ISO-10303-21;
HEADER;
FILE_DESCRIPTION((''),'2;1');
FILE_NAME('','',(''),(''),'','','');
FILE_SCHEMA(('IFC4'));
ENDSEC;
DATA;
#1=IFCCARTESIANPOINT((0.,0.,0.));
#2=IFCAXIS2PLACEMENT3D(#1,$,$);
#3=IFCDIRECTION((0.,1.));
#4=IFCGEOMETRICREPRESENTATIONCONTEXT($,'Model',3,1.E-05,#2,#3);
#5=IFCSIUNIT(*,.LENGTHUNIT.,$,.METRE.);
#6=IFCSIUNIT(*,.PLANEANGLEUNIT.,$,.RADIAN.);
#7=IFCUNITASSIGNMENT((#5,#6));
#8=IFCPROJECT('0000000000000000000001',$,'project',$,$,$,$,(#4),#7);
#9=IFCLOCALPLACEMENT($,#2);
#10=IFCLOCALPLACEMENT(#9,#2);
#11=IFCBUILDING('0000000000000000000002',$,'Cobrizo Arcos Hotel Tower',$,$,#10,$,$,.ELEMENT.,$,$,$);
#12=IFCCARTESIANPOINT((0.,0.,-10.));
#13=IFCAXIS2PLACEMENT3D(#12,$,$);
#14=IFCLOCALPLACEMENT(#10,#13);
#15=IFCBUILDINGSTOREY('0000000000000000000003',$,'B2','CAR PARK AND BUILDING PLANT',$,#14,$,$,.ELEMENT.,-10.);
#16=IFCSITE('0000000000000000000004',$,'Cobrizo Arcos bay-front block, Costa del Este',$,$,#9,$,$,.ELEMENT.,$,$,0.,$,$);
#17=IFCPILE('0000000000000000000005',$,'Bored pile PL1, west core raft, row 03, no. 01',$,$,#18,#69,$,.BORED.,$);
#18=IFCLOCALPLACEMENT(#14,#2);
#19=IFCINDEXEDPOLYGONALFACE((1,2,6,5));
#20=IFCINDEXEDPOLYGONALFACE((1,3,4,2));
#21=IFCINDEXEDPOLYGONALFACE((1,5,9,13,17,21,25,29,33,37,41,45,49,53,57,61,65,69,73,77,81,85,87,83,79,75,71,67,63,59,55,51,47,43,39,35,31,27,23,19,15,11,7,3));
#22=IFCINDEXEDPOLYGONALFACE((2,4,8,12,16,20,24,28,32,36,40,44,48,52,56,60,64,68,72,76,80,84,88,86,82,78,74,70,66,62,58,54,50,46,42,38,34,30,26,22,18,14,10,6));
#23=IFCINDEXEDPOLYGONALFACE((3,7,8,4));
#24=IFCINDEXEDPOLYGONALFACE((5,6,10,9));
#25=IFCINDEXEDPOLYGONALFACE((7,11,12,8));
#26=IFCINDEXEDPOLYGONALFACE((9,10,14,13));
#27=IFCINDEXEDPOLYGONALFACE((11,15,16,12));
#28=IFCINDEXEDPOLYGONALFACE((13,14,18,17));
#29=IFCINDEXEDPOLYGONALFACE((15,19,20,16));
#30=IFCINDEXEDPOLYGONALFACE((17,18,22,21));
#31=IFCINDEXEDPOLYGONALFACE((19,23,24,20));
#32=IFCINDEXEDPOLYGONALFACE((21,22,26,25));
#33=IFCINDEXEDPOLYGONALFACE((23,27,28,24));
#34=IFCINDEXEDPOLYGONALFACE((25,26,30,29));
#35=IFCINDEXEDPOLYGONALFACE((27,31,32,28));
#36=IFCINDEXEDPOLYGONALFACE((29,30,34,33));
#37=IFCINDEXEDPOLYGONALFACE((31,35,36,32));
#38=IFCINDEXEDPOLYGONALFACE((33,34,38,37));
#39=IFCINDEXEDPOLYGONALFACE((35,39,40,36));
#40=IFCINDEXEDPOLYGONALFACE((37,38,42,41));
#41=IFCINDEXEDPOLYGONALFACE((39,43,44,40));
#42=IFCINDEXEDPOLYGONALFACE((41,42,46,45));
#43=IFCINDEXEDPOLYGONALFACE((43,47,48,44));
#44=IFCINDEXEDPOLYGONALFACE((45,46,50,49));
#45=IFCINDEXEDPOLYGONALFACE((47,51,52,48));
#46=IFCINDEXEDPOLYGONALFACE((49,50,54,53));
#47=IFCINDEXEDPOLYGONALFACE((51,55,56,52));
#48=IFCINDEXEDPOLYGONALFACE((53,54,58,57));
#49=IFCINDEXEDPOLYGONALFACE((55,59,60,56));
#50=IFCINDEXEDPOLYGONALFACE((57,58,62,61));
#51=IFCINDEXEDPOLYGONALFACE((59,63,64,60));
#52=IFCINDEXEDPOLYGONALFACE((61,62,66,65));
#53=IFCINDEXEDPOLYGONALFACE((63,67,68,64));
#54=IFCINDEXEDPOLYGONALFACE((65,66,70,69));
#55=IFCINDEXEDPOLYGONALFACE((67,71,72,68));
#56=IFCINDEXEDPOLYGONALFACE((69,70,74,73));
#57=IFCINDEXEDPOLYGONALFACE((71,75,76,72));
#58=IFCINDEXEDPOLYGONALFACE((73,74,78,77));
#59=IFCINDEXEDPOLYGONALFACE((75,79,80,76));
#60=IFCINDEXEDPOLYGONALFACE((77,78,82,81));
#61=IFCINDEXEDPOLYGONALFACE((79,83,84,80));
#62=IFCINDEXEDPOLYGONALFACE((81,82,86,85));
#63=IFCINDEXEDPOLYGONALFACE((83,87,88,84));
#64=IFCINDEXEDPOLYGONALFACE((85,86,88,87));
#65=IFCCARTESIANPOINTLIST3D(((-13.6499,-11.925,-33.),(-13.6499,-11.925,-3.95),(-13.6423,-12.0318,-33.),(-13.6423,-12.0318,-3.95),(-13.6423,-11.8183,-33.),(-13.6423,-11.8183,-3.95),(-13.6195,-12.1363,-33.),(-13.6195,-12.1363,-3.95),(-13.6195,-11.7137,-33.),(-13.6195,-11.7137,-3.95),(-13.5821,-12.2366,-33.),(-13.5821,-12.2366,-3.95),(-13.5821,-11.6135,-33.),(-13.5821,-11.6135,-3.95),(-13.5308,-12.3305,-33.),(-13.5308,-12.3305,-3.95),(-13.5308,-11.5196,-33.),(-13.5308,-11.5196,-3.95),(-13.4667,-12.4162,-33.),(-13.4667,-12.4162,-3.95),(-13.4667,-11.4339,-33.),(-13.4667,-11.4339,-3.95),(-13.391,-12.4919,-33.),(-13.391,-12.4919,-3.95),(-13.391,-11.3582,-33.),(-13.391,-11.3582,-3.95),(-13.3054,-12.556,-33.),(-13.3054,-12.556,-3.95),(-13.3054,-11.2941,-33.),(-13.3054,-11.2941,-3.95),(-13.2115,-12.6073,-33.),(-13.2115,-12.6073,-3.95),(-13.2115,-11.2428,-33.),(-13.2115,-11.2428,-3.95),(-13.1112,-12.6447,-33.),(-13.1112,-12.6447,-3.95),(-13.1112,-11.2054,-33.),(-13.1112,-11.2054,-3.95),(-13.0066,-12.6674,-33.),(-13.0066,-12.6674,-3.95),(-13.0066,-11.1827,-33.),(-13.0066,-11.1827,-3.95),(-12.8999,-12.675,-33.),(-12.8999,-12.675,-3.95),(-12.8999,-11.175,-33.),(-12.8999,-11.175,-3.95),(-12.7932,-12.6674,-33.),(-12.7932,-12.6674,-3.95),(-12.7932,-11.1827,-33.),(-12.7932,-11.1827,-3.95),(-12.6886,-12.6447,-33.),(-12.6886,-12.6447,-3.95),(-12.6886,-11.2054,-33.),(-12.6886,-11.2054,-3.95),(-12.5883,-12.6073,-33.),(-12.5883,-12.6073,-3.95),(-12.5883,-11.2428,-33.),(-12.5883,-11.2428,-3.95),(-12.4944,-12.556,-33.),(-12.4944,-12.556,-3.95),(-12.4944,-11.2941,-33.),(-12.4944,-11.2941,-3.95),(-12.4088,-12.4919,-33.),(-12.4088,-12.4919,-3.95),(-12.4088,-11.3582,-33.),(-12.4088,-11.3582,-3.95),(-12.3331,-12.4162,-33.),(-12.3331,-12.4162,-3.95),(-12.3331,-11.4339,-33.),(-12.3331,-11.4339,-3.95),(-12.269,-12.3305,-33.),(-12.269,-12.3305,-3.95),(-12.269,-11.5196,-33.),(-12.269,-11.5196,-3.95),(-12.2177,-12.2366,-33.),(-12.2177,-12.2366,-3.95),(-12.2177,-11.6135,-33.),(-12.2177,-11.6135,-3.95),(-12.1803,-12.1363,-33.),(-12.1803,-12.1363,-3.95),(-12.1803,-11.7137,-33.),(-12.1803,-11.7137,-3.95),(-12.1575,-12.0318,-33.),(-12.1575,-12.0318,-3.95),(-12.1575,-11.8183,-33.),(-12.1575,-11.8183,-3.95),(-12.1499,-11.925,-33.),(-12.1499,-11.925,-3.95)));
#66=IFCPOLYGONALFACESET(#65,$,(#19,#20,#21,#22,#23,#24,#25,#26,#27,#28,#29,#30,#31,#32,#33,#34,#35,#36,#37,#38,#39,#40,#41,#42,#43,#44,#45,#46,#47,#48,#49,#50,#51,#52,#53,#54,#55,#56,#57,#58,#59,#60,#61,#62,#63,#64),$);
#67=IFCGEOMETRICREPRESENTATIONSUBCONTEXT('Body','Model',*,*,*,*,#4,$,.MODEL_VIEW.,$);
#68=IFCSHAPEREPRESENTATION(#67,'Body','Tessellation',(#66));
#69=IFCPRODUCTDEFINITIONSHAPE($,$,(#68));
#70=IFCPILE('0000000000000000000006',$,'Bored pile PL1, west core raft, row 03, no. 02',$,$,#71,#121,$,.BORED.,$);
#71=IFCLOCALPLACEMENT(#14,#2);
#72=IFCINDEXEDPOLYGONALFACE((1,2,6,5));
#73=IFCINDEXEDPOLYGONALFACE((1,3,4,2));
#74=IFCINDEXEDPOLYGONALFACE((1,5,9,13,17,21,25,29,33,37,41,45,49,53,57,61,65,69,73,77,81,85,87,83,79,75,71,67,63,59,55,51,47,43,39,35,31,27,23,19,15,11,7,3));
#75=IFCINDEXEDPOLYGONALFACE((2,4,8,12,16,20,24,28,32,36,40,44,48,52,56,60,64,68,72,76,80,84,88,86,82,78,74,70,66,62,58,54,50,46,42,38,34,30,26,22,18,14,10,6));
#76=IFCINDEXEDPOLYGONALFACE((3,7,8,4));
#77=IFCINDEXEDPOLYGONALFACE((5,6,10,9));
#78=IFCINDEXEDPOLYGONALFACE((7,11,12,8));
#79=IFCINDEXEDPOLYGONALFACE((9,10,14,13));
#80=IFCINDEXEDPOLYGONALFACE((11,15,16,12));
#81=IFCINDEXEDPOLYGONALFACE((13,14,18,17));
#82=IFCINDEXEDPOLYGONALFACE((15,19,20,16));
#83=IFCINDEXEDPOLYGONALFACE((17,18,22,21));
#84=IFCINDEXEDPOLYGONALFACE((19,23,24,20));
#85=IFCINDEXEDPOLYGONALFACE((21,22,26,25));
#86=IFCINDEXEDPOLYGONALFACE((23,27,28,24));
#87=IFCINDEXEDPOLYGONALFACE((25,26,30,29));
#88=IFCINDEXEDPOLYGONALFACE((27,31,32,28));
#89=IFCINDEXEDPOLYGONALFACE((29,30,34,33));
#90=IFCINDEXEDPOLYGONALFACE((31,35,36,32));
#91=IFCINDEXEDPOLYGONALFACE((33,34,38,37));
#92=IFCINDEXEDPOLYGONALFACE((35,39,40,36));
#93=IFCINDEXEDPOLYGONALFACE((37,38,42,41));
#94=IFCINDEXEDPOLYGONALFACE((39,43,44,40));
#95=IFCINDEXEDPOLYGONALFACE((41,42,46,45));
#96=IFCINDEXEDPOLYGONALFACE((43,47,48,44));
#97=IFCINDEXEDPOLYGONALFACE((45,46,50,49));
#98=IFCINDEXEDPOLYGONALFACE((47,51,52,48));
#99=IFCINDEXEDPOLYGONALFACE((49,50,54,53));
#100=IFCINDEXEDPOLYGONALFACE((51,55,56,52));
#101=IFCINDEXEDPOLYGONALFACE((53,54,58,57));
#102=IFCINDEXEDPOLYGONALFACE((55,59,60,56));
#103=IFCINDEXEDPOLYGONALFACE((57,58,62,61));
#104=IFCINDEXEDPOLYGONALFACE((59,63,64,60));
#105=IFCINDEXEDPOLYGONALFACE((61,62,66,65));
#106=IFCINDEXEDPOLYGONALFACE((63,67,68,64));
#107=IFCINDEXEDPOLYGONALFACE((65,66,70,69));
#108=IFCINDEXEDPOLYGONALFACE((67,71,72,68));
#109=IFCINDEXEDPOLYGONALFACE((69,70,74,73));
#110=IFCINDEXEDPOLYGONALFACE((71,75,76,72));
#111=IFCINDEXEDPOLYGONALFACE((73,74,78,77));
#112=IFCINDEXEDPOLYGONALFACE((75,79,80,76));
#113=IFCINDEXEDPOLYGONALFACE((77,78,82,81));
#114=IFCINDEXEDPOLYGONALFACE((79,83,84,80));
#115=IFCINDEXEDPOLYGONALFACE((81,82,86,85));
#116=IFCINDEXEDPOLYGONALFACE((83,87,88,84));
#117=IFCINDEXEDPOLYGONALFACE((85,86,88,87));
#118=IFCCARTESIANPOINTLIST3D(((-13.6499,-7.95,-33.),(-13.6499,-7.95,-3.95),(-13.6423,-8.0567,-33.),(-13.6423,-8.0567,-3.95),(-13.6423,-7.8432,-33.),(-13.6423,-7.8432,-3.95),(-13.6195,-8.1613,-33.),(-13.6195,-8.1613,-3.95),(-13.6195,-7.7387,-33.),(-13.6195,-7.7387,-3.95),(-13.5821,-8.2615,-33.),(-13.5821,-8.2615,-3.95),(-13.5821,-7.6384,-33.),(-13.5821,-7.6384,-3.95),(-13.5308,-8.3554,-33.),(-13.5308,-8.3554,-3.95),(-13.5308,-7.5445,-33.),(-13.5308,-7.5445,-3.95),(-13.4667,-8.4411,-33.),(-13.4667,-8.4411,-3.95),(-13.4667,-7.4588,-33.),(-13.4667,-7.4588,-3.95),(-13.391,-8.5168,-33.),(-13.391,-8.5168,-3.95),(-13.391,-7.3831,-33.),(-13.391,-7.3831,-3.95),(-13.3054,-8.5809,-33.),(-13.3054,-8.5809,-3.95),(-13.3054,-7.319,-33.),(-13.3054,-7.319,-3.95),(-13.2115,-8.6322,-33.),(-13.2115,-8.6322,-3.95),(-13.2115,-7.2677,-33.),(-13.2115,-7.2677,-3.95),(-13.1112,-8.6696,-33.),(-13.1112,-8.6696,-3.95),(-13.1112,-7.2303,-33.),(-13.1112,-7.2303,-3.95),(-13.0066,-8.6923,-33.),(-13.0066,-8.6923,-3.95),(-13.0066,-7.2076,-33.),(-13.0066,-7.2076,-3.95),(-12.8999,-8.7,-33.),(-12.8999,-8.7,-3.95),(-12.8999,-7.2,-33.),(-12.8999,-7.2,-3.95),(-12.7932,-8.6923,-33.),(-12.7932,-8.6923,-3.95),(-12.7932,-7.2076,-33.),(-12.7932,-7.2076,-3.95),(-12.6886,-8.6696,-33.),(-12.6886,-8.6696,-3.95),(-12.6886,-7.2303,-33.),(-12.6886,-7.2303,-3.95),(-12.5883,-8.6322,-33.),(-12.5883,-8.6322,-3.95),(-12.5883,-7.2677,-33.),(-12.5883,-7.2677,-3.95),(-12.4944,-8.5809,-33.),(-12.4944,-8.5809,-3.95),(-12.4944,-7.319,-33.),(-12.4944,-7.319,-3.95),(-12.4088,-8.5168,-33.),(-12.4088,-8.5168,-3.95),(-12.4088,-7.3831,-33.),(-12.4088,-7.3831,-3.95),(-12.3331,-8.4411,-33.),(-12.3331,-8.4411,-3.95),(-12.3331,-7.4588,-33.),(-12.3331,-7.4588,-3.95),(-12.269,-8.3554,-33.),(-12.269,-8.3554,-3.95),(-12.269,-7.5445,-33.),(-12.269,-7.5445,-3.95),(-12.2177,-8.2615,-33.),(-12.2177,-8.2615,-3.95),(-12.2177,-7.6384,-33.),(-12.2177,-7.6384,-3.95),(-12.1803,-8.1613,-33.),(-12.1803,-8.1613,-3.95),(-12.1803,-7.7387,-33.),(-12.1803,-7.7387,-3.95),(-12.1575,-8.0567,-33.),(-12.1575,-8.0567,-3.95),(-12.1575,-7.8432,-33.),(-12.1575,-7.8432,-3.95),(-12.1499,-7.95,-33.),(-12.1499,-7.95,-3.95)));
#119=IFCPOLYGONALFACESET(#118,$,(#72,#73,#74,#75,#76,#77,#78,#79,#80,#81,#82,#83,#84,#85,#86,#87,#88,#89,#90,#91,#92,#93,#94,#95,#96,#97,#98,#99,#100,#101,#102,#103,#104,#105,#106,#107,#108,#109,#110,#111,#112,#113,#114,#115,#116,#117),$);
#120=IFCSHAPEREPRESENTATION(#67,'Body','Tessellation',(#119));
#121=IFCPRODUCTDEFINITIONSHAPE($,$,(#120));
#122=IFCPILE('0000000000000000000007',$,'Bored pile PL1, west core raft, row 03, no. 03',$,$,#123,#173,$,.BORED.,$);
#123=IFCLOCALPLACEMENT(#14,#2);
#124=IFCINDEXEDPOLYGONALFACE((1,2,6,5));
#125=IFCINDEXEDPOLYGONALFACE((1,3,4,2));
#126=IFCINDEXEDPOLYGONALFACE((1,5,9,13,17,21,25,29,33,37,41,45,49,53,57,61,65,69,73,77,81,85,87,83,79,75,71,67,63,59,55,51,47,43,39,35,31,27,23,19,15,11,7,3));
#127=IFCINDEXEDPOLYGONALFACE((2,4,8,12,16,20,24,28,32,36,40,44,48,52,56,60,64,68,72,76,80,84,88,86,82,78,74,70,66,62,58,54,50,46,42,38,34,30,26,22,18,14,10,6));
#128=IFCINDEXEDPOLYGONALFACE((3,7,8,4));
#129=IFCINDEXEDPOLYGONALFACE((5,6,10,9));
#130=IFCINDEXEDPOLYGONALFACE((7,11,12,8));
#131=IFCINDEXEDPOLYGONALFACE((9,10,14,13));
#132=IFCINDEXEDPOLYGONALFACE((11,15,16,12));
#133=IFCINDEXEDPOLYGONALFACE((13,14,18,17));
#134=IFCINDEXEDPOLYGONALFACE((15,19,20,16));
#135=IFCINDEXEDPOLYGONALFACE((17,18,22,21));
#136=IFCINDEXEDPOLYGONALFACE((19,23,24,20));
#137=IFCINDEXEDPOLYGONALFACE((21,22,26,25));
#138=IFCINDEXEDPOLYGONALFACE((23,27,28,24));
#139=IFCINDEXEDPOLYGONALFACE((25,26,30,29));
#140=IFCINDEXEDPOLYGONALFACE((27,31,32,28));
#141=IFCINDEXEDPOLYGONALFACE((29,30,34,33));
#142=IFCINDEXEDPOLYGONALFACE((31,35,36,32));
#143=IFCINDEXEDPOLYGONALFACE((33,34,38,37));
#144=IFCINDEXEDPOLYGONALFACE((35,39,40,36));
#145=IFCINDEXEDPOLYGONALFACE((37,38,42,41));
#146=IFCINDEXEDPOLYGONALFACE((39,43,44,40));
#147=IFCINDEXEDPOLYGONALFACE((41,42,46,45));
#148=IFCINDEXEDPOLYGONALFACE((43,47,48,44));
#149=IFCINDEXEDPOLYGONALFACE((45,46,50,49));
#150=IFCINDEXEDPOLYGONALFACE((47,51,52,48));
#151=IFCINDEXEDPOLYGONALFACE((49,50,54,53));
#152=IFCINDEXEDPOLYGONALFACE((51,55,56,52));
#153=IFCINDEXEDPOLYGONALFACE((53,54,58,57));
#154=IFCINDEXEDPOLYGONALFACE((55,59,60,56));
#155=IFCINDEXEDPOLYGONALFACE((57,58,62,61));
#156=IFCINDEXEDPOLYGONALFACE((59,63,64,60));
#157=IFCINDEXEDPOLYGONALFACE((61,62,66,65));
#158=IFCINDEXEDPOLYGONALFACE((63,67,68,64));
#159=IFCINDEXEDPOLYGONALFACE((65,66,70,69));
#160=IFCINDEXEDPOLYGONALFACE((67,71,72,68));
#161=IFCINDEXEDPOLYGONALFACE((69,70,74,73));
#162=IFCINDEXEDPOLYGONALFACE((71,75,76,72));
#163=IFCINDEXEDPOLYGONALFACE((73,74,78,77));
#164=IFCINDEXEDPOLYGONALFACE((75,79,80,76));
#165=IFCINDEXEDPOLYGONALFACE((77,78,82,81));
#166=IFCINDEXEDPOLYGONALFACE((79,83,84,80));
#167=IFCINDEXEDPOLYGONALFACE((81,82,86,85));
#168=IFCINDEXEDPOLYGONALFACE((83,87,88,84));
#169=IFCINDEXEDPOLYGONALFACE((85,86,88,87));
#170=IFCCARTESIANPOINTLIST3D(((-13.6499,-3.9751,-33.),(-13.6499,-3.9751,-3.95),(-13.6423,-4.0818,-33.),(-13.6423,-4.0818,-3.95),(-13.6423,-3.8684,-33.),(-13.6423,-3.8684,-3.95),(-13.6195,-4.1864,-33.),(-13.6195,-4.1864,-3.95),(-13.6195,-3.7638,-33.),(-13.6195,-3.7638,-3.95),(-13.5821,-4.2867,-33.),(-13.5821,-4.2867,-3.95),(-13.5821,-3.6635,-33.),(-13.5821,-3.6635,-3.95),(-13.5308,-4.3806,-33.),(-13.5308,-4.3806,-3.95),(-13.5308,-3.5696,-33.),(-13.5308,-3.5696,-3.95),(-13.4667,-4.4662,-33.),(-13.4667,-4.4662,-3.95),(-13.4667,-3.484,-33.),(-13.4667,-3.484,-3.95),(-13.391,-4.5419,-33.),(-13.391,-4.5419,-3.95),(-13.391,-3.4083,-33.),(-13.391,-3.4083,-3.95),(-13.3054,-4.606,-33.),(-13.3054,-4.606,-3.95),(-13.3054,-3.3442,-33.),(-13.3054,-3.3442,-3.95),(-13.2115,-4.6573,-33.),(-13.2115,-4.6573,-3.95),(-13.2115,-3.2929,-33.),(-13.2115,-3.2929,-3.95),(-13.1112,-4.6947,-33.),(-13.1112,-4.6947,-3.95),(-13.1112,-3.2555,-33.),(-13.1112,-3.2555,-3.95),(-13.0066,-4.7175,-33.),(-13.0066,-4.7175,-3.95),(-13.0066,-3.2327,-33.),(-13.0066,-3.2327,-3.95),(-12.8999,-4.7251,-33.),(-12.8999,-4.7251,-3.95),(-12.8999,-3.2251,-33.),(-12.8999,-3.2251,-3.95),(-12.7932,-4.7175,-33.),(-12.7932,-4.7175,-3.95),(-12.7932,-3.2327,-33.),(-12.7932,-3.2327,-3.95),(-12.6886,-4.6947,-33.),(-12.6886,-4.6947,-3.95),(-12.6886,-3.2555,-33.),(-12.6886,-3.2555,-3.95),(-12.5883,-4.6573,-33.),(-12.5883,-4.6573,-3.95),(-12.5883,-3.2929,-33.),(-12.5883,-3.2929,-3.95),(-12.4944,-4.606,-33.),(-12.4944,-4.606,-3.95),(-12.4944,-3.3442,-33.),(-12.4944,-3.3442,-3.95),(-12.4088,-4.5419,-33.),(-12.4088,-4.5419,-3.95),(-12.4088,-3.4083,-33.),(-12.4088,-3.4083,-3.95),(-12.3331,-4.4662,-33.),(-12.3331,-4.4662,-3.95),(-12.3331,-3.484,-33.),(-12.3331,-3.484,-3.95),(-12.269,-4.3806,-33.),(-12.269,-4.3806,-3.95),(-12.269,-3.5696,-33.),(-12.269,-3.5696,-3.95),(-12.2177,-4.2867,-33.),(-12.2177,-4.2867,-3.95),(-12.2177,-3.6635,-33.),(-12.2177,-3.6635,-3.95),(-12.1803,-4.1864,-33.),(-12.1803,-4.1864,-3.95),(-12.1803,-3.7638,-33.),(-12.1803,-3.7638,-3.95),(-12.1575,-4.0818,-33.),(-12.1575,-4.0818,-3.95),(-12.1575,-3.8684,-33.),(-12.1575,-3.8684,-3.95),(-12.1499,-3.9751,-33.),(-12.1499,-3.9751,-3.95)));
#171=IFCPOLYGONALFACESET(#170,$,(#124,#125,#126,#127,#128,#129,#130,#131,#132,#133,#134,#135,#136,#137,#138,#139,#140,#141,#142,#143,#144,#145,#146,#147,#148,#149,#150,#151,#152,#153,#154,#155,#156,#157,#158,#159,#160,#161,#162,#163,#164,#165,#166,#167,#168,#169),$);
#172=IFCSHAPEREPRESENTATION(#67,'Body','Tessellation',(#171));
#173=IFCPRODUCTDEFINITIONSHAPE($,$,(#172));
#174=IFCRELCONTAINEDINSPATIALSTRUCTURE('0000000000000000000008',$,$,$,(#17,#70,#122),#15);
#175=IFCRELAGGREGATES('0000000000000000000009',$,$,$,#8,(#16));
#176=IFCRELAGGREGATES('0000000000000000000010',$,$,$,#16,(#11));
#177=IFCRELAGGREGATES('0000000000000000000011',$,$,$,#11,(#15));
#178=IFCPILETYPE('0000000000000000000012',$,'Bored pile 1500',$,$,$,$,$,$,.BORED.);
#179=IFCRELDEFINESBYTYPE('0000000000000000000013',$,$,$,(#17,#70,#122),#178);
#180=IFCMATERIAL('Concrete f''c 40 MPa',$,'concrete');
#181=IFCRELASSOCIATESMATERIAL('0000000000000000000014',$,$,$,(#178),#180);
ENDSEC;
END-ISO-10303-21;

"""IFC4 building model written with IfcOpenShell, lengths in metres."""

from ifc_helpers import new_model, si_unit, direction, frame, origin, origin_2d, place, context, subcontext, project, spatial, circle, extrude, material, material_profile, profile_set, type_object, element, save


model = new_model("IFC4")

# Units and contexts
model_context = context("Model", 3, precision=1e-05, world=origin(), true_north=direction((0.0, 1.0)))
body_context = subcontext(model_context, "Body", "Model", "MODEL_VIEW")
ifc_project = project(units=[si_unit("LENGTHUNIT", "METRE"), si_unit("PLANEANGLEUNIT", "RADIAN")], contexts=[model_context])

# Site, building, storey
site_placement = place(None, origin())
site = spatial("IfcSite", under=ifc_project, at=site_placement, Name="Cobrizo Arcos bay-front block, Costa del Este", CompositionType="ELEMENT", RefElevation=0.0)
building_placement = place(site_placement, origin())
building = spatial("IfcBuilding", under=site, at=building_placement, Name="Cobrizo Arcos Hotel Tower", CompositionType="ELEMENT")
storey_placement = place(building_placement, frame((0.0, 0.0, -10.0)))
storey = spatial("IfcBuildingStorey", under=building, at=storey_placement, Name="B2", Description="CAR PARK AND BUILDING PLANT", CompositionType="ELEMENT", Elevation=-10.0)

# Piles
ifc_material_1 = material(Name="Concrete f'c 40 MPa", Category="concrete")
ifc_material_profile_1 = material_profile(ifc_material_1, circle(Radius=0.75, at=origin_2d()), Name="BORED PILE 1500")
ifc_profile_set_1 = profile_set([ifc_material_profile_1], Name="Concrete f'c 40 MPa")
pile_type = type_object("IfcPileType", Name="Bored pile 1500", PredefinedType="BORED", material=ifc_profile_set_1)
for number, where, z_axis, x_axis, name in (
    (1, (-12.8999, -11.925, -3.95), (0.0, 0.0, -1.0), (1.0, 0.0, 0.0), "Bored pile PL1, west core raft, row 03, no. 01"),
    (2, (-12.8999, -7.95, -3.95), (0.0, 0.0, -1.0), (1.0, 0.0, 0.0), "Bored pile PL1, west core raft, row 03, no. 02"),
    (3, (-12.8999, -3.9751, -3.95), (0.0, 0.0, -1.0), (1.0, 0.0, 0.0), "Bored pile PL1, west core raft, row 03, no. 03"),
):
    element("IfcPile", number, at=place(storey_placement, frame(where, z_axis=z_axis, x_axis=x_axis)), inside=storey, type_object=pile_type, Name=name, PredefinedType="BORED", context=body_context, shape_type="SweptSolid", body=[
        extrude(circle(Radius=0.75, at=origin_2d()), origin(), (0.0, 0.0, 1.0), 29.05),
    ])

save(model, "model.ifc")
